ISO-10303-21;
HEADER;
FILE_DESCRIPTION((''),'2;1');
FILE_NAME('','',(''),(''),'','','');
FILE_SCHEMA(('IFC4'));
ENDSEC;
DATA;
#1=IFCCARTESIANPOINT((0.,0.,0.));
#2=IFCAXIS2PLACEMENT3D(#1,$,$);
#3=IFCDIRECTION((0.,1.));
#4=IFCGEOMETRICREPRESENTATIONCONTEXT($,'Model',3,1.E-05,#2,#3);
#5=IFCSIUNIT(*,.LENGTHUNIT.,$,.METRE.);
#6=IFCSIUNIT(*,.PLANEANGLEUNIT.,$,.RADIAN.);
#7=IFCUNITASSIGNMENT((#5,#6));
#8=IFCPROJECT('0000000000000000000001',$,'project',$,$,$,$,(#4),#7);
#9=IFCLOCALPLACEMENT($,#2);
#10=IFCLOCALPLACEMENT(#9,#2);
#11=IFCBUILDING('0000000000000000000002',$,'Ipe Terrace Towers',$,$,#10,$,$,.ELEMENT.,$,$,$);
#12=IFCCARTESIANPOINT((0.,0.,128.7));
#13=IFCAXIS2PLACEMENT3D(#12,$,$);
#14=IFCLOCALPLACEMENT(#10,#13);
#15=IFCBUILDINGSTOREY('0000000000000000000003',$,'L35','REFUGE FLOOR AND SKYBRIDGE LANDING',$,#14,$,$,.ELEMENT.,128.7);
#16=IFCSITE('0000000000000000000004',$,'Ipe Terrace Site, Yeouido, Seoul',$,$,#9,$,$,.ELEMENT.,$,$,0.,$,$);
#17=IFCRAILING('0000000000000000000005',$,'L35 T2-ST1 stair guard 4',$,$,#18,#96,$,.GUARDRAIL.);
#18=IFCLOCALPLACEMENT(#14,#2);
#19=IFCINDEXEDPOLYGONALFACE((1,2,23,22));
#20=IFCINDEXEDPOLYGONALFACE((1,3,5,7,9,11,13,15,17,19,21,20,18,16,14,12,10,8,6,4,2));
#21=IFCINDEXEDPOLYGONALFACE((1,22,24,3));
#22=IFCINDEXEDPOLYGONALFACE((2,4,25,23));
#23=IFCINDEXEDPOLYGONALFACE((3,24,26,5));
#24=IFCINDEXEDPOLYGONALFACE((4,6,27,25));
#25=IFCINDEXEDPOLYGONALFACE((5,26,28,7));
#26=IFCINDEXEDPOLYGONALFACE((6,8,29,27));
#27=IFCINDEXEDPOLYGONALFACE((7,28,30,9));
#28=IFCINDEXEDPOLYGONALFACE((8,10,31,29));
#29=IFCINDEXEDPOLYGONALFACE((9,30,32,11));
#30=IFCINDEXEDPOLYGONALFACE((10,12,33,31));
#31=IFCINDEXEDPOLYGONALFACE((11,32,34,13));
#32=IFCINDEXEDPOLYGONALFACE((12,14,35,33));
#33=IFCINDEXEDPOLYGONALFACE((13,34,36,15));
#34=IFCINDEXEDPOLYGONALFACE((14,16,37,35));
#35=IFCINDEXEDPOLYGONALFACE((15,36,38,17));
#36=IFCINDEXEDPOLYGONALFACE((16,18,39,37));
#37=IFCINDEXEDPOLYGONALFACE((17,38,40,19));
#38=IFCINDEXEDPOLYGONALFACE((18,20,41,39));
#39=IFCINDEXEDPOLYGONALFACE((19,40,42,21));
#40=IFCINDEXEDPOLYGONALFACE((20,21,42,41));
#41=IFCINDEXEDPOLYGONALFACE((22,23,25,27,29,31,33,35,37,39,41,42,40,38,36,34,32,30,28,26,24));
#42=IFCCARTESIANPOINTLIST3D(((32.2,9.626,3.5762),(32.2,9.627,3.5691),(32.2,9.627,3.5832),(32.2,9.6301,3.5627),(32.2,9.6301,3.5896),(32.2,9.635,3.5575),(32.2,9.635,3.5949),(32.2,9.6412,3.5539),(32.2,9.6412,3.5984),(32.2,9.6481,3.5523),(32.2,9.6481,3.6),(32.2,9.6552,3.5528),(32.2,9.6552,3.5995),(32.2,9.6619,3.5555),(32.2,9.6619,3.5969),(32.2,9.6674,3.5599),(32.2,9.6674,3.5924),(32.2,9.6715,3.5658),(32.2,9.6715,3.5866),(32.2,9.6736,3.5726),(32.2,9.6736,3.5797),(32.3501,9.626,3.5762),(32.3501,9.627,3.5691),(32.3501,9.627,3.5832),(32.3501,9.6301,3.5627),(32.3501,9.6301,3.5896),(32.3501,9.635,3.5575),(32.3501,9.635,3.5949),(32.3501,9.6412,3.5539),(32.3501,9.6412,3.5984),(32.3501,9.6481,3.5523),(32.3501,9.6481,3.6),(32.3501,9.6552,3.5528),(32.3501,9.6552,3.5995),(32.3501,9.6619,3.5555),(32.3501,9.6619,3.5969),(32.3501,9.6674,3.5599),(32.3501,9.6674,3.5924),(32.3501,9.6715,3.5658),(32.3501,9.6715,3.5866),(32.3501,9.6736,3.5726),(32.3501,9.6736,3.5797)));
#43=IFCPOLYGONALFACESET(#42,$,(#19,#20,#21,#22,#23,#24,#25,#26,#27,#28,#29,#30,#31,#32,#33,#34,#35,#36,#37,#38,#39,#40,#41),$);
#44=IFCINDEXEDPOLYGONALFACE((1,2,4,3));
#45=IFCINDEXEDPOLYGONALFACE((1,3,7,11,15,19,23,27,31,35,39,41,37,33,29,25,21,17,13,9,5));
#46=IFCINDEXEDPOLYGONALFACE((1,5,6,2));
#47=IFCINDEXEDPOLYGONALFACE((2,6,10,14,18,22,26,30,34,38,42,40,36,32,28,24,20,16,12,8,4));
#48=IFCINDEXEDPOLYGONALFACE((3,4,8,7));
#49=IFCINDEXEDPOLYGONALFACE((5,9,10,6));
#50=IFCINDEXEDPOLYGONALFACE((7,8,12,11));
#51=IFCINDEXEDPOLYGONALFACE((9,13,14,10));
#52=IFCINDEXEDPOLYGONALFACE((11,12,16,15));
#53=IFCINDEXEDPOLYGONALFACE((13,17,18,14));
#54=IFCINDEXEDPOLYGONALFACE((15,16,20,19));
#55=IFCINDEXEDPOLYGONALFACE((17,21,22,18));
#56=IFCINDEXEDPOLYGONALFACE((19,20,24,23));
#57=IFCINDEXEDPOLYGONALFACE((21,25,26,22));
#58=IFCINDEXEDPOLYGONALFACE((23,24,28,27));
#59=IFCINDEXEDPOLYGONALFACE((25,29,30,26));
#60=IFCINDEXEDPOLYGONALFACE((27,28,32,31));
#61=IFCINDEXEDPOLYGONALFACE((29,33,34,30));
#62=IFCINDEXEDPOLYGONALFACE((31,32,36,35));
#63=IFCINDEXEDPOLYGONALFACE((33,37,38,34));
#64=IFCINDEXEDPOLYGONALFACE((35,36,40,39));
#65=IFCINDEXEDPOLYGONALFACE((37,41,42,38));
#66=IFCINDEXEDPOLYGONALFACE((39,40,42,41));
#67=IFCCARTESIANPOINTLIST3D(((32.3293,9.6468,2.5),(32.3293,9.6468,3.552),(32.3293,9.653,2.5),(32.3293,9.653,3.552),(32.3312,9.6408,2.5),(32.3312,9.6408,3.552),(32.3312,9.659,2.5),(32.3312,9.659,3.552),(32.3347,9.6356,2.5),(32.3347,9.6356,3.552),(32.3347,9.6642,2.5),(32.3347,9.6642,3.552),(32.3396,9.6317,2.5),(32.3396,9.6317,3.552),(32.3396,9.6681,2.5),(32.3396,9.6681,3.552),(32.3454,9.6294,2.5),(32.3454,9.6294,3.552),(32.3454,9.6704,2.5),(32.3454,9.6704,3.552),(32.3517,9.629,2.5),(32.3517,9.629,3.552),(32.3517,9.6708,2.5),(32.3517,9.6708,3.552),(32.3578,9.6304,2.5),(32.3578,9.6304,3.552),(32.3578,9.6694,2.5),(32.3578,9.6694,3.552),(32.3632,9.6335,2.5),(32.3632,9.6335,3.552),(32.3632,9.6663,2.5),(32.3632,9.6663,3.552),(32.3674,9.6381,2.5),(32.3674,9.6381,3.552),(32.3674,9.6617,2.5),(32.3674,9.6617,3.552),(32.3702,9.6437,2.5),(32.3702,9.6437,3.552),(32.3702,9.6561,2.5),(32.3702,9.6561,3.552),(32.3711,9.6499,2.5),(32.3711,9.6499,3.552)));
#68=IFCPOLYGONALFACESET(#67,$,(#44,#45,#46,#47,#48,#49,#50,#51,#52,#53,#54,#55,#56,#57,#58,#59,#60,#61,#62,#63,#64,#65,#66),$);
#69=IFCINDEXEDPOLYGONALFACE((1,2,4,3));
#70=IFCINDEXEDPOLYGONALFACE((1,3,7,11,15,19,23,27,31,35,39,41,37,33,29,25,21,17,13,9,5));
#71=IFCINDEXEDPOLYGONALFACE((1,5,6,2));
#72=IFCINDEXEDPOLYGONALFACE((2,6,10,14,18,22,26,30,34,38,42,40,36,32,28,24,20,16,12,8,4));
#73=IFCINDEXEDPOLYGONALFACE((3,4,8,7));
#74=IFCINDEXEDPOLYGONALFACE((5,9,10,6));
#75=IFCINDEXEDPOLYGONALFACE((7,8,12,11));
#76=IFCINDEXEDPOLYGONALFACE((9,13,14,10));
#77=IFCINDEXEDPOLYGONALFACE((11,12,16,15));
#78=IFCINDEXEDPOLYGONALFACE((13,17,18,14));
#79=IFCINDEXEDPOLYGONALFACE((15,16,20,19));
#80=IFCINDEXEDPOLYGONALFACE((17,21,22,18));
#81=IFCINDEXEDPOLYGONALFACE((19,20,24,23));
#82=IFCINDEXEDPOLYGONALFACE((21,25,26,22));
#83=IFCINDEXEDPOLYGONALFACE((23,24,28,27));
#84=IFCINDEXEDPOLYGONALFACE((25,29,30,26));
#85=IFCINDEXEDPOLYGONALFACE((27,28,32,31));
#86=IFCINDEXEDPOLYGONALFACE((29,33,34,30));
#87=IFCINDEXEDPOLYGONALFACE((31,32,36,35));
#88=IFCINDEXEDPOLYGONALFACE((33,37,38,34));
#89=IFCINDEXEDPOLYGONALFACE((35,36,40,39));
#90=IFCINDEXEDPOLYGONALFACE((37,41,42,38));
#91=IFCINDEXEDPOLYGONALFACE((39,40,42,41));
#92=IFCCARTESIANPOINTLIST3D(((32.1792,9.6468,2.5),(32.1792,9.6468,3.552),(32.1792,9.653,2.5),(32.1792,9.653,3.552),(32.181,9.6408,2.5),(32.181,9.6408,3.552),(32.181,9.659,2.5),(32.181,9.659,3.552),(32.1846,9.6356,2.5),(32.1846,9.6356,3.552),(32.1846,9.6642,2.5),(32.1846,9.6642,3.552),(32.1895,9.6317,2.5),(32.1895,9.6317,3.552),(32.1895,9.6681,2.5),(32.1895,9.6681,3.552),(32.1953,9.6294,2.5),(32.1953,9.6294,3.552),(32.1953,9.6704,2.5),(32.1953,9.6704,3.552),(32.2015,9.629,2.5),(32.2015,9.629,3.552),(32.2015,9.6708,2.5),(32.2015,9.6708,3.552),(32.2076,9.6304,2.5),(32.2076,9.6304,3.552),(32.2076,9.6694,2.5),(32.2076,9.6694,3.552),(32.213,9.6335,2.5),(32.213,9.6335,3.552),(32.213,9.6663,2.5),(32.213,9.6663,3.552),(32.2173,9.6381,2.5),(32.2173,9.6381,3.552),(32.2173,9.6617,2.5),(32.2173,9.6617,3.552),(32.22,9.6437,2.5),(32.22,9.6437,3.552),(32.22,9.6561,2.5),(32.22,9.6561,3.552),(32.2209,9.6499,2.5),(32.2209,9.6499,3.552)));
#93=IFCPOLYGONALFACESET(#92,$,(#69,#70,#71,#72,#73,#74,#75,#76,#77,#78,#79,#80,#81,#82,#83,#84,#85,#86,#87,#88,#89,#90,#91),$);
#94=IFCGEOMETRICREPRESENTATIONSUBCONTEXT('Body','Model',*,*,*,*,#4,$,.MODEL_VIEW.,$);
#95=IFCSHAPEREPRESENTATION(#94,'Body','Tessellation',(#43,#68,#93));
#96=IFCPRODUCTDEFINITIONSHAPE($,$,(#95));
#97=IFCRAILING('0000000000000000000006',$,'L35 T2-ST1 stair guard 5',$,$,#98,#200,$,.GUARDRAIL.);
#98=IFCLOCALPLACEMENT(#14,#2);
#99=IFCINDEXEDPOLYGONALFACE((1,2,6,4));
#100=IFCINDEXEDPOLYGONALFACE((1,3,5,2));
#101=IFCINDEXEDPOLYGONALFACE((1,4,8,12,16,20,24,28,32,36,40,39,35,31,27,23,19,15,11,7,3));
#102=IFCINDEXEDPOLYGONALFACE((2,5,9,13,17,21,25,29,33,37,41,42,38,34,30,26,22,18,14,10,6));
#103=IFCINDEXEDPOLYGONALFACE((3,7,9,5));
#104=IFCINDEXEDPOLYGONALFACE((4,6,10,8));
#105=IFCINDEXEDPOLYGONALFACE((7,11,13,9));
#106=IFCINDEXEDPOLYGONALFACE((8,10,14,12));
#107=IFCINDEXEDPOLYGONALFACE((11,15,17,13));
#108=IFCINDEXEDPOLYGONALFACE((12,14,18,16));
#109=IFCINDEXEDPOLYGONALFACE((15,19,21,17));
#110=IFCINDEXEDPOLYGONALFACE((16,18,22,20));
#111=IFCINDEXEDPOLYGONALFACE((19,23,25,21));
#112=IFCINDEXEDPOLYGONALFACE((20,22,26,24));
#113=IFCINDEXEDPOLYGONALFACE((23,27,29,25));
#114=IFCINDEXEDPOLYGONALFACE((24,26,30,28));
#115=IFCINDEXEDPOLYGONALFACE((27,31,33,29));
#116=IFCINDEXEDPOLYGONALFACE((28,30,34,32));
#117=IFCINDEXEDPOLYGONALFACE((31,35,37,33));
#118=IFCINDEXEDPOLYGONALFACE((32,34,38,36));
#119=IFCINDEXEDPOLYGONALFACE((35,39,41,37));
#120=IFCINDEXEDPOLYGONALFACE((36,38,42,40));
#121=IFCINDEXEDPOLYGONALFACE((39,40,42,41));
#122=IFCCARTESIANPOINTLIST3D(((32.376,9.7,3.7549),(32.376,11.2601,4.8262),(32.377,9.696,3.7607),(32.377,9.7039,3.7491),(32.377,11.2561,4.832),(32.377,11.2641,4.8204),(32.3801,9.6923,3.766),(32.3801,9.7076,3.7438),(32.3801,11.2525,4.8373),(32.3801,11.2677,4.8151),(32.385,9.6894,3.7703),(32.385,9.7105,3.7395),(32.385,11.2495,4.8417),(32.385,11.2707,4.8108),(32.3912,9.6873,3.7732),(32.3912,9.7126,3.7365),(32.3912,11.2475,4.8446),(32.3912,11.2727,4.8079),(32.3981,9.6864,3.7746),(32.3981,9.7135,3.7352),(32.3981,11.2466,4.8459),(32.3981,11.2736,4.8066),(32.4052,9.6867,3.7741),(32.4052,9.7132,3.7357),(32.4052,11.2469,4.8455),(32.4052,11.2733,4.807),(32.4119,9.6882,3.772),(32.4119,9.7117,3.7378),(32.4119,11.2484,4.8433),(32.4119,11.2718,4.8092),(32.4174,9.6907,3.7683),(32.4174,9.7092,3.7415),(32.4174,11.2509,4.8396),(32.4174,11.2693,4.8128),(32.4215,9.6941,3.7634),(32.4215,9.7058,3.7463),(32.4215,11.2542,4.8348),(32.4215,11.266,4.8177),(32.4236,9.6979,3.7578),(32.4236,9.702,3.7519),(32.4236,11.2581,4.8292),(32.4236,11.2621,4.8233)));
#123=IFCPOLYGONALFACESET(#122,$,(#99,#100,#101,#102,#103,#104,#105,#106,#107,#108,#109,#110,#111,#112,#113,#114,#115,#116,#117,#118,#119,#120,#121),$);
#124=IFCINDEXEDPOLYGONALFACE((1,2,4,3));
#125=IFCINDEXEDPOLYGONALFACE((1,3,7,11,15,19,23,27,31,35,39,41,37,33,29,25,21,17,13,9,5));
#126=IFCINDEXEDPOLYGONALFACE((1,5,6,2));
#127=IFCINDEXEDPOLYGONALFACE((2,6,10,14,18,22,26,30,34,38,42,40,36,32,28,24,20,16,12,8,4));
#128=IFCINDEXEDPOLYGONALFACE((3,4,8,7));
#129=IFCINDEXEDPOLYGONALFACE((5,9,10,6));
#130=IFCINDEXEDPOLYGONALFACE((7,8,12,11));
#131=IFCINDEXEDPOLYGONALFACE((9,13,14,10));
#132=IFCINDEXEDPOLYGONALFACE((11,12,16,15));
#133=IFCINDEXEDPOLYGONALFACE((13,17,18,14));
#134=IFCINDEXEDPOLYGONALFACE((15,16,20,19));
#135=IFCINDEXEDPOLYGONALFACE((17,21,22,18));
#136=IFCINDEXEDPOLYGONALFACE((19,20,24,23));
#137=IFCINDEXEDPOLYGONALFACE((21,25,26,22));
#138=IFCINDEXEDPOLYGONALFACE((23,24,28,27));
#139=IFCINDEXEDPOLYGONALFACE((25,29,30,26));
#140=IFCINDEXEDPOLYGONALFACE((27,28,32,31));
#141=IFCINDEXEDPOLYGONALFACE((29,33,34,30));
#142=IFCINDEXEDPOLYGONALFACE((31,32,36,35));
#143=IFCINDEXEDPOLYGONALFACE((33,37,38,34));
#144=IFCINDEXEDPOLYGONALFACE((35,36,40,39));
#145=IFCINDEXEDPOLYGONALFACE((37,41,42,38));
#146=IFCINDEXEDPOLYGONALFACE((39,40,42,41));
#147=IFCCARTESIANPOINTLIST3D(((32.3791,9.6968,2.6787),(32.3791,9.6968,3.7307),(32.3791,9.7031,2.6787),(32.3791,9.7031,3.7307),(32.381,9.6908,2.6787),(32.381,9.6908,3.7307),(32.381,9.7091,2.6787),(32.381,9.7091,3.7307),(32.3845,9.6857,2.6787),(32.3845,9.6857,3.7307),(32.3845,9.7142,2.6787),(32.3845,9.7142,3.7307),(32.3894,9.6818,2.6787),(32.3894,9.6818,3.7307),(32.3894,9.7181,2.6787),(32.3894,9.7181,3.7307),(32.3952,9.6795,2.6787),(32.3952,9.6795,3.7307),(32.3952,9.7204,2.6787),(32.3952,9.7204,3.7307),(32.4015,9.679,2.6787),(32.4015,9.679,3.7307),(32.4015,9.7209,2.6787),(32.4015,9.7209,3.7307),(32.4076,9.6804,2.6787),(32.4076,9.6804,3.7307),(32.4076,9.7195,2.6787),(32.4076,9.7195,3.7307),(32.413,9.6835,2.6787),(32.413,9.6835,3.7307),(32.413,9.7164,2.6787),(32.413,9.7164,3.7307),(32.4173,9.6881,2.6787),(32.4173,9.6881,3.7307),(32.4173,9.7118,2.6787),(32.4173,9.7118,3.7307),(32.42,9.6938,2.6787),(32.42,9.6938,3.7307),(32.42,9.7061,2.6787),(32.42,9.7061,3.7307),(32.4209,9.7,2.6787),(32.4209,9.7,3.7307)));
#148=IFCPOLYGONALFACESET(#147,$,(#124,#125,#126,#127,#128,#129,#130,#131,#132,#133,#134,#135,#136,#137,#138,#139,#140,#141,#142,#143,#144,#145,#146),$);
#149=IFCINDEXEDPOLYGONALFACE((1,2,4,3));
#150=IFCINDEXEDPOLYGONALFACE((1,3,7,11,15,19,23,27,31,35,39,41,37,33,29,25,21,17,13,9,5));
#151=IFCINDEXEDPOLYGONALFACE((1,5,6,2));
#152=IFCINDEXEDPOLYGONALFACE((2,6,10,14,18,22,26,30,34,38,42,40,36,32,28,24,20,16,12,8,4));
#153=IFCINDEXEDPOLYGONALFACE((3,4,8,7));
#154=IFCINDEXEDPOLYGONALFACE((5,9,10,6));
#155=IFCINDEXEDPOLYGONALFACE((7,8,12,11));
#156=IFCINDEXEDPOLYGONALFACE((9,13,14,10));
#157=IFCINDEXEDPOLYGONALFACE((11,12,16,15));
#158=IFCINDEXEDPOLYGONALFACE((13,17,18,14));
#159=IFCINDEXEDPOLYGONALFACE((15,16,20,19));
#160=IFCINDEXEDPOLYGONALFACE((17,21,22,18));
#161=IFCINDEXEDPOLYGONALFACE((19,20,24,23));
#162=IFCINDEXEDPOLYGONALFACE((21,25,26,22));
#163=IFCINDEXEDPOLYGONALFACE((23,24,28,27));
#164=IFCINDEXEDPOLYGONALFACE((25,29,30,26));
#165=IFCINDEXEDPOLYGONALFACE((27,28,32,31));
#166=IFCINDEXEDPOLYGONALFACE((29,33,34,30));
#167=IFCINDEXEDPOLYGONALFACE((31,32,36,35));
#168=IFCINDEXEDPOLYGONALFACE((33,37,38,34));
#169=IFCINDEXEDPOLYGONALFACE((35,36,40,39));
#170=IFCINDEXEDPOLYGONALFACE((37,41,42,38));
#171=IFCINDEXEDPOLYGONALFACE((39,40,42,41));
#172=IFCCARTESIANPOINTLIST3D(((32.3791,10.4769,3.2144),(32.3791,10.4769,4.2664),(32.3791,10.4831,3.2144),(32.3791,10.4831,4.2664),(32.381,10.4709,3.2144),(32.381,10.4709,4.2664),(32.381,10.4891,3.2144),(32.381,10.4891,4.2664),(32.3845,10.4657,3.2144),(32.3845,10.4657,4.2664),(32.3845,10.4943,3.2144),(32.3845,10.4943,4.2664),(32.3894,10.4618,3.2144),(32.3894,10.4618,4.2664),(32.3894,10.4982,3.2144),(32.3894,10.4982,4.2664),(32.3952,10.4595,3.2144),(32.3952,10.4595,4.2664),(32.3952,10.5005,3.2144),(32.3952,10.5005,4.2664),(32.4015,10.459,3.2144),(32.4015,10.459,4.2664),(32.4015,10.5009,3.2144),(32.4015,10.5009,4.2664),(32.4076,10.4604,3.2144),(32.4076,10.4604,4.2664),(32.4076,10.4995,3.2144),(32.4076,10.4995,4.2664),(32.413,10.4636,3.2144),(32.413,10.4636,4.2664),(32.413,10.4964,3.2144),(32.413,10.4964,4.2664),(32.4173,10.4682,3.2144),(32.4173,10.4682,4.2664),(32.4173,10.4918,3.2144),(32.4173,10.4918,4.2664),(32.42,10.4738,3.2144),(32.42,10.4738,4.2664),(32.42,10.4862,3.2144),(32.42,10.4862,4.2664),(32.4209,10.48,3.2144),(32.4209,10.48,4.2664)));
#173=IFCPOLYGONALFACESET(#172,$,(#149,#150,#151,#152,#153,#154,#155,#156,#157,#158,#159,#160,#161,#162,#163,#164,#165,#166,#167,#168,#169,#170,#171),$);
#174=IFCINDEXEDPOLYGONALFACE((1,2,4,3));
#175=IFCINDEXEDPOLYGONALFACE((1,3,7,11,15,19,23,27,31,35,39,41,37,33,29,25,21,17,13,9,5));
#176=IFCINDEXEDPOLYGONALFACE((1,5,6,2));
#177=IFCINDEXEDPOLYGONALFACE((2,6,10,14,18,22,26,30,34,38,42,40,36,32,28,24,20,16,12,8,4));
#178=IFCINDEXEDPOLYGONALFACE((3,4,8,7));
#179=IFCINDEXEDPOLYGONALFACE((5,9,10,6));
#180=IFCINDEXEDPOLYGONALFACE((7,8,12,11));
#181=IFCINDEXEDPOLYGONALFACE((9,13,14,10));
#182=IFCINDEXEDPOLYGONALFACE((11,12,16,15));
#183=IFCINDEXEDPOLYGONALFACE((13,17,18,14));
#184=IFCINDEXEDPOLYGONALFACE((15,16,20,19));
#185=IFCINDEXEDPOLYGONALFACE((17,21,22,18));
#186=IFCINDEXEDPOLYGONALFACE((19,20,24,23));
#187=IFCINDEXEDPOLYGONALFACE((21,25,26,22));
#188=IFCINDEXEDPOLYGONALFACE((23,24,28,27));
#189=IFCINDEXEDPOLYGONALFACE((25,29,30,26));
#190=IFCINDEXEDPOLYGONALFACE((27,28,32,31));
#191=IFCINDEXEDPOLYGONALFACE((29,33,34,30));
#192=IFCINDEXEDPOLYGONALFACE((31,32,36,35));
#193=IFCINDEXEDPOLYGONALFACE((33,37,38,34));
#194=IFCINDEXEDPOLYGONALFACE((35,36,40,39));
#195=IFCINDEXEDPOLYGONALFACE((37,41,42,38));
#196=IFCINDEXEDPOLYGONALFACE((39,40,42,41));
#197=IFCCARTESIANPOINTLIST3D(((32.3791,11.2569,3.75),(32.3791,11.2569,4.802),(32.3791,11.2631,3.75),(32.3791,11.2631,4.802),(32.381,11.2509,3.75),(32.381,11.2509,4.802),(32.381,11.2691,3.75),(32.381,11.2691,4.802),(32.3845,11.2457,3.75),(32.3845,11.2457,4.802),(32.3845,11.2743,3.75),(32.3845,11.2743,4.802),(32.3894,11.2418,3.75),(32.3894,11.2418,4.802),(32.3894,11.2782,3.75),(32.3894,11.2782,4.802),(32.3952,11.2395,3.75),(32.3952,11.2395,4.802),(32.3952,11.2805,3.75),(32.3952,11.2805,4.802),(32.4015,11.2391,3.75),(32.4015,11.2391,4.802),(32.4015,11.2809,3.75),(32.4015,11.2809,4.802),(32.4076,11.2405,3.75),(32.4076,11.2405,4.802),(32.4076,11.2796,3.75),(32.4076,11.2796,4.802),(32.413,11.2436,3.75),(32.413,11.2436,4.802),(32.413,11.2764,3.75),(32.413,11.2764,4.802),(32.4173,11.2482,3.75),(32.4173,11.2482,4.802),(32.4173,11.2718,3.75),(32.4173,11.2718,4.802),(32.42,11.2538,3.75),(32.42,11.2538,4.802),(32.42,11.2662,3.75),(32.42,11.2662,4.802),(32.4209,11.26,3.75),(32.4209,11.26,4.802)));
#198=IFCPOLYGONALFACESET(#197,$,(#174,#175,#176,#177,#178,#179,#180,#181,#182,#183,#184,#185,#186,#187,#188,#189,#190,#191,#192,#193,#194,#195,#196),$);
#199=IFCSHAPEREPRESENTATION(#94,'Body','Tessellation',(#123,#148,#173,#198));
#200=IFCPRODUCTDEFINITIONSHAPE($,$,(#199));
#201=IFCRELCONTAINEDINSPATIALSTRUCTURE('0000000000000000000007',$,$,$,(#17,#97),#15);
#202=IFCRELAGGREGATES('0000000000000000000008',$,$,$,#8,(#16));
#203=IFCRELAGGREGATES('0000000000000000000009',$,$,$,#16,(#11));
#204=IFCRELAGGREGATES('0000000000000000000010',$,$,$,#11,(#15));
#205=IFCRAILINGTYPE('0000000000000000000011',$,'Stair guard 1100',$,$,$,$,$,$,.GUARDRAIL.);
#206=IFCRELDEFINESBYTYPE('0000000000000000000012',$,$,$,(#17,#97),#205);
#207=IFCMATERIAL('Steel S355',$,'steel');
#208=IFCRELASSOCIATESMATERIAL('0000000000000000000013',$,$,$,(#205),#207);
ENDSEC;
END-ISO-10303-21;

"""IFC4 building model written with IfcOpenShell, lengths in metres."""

from ifc_helpers import new_model, si_unit, direction, frame, origin, origin_2d, place, context, subcontext, project, spatial, circle, extrude, material, type_object, element, save


model = new_model("IFC4")

# Units and contexts
model_context = context("Model", 3, precision=1e-05, world=origin(), true_north=direction((0.0, 1.0)))
body_context = subcontext(model_context, "Body", "Model", "MODEL_VIEW")
ifc_project = project(units=[si_unit("LENGTHUNIT", "METRE"), si_unit("PLANEANGLEUNIT", "RADIAN")], contexts=[model_context])

# Site, building, storey
site_placement = place(None, origin())
site = spatial("IfcSite", under=ifc_project, at=site_placement, Name="Ipe Terrace Site, Yeouido, Seoul", CompositionType="ELEMENT", RefElevation=0.0)
building_placement = place(site_placement, origin())
building = spatial("IfcBuilding", under=site, at=building_placement, Name="Ipe Terrace Towers", CompositionType="ELEMENT")
storey_placement = place(building_placement, frame((0.0, 0.0, 128.7)))
storey = spatial("IfcBuildingStorey", under=building, at=storey_placement, Name="L35", Description="REFUGE FLOOR AND SKYBRIDGE LANDING", CompositionType="ELEMENT", Elevation=128.7)

# Railings
ifc_material_1 = material(Name="Steel S355", Category="steel")
railing_type_1 = type_object("IfcRailingType", Name="Stair guard 1100", PredefinedType="GUARDRAIL", material=ifc_material_1)
railing_1_placement = place(storey_placement, frame((32.3501, 9.6499, 2.5)))
element("IfcRailing", 1, at=railing_1_placement, inside=storey, type_object=railing_type_1, Name="L35 T2-ST1 stair guard 4", PredefinedType="GUARDRAIL", context=body_context, shape_type="SweptSolid", body=[
    extrude(circle(Radius=0.0239, at=origin_2d()), frame((0.0, 0.0, 1.0762), z_axis=(-1.0, 0.0, 0.0), x_axis=(0.0, -1.0, 0.0)), (0.0, 0.0, 1.0), 0.1501),
    extrude(circle(Radius=0.021, at=origin_2d()), origin(), (0.0, 0.0, 1.0), 1.052),
    extrude(circle(Radius=0.021, at=origin_2d()), frame((-0.1501, 0.0, 0.0)), (0.0, 0.0, 1.0), 1.052),
])
railing_2_placement = place(storey_placement, frame((32.3999, 9.7, 2.6787)))
element("IfcRailing", 2, at=railing_2_placement, inside=storey, type_object=railing_type_1, Name="L35 T2-ST1 stair guard 5", PredefinedType="GUARDRAIL", context=body_context, shape_type="SweptSolid", body=[
    extrude(circle(Radius=0.0239, at=origin_2d()), frame((0.0, 0.0, 1.0762), z_axis=(0.0, 0.82435, 0.56608), x_axis=(-1.0, 0.0, 0.0)), (0.0, 0.0, 1.0), 1.8926),
    extrude(circle(Radius=0.021, at=origin_2d()), origin(), (0.0, 0.0, 1.0), 1.052),
    extrude(circle(Radius=0.021, at=origin_2d()), frame((0.0, 0.78, 0.5356)), (0.0, 0.0, 1.0), 1.052),
    extrude(circle(Radius=0.021, at=origin_2d()), frame((0.0, 1.5601, 1.0713)), (0.0, 0.0, 1.0), 1.052),
])

save(model, "model.ifc")
